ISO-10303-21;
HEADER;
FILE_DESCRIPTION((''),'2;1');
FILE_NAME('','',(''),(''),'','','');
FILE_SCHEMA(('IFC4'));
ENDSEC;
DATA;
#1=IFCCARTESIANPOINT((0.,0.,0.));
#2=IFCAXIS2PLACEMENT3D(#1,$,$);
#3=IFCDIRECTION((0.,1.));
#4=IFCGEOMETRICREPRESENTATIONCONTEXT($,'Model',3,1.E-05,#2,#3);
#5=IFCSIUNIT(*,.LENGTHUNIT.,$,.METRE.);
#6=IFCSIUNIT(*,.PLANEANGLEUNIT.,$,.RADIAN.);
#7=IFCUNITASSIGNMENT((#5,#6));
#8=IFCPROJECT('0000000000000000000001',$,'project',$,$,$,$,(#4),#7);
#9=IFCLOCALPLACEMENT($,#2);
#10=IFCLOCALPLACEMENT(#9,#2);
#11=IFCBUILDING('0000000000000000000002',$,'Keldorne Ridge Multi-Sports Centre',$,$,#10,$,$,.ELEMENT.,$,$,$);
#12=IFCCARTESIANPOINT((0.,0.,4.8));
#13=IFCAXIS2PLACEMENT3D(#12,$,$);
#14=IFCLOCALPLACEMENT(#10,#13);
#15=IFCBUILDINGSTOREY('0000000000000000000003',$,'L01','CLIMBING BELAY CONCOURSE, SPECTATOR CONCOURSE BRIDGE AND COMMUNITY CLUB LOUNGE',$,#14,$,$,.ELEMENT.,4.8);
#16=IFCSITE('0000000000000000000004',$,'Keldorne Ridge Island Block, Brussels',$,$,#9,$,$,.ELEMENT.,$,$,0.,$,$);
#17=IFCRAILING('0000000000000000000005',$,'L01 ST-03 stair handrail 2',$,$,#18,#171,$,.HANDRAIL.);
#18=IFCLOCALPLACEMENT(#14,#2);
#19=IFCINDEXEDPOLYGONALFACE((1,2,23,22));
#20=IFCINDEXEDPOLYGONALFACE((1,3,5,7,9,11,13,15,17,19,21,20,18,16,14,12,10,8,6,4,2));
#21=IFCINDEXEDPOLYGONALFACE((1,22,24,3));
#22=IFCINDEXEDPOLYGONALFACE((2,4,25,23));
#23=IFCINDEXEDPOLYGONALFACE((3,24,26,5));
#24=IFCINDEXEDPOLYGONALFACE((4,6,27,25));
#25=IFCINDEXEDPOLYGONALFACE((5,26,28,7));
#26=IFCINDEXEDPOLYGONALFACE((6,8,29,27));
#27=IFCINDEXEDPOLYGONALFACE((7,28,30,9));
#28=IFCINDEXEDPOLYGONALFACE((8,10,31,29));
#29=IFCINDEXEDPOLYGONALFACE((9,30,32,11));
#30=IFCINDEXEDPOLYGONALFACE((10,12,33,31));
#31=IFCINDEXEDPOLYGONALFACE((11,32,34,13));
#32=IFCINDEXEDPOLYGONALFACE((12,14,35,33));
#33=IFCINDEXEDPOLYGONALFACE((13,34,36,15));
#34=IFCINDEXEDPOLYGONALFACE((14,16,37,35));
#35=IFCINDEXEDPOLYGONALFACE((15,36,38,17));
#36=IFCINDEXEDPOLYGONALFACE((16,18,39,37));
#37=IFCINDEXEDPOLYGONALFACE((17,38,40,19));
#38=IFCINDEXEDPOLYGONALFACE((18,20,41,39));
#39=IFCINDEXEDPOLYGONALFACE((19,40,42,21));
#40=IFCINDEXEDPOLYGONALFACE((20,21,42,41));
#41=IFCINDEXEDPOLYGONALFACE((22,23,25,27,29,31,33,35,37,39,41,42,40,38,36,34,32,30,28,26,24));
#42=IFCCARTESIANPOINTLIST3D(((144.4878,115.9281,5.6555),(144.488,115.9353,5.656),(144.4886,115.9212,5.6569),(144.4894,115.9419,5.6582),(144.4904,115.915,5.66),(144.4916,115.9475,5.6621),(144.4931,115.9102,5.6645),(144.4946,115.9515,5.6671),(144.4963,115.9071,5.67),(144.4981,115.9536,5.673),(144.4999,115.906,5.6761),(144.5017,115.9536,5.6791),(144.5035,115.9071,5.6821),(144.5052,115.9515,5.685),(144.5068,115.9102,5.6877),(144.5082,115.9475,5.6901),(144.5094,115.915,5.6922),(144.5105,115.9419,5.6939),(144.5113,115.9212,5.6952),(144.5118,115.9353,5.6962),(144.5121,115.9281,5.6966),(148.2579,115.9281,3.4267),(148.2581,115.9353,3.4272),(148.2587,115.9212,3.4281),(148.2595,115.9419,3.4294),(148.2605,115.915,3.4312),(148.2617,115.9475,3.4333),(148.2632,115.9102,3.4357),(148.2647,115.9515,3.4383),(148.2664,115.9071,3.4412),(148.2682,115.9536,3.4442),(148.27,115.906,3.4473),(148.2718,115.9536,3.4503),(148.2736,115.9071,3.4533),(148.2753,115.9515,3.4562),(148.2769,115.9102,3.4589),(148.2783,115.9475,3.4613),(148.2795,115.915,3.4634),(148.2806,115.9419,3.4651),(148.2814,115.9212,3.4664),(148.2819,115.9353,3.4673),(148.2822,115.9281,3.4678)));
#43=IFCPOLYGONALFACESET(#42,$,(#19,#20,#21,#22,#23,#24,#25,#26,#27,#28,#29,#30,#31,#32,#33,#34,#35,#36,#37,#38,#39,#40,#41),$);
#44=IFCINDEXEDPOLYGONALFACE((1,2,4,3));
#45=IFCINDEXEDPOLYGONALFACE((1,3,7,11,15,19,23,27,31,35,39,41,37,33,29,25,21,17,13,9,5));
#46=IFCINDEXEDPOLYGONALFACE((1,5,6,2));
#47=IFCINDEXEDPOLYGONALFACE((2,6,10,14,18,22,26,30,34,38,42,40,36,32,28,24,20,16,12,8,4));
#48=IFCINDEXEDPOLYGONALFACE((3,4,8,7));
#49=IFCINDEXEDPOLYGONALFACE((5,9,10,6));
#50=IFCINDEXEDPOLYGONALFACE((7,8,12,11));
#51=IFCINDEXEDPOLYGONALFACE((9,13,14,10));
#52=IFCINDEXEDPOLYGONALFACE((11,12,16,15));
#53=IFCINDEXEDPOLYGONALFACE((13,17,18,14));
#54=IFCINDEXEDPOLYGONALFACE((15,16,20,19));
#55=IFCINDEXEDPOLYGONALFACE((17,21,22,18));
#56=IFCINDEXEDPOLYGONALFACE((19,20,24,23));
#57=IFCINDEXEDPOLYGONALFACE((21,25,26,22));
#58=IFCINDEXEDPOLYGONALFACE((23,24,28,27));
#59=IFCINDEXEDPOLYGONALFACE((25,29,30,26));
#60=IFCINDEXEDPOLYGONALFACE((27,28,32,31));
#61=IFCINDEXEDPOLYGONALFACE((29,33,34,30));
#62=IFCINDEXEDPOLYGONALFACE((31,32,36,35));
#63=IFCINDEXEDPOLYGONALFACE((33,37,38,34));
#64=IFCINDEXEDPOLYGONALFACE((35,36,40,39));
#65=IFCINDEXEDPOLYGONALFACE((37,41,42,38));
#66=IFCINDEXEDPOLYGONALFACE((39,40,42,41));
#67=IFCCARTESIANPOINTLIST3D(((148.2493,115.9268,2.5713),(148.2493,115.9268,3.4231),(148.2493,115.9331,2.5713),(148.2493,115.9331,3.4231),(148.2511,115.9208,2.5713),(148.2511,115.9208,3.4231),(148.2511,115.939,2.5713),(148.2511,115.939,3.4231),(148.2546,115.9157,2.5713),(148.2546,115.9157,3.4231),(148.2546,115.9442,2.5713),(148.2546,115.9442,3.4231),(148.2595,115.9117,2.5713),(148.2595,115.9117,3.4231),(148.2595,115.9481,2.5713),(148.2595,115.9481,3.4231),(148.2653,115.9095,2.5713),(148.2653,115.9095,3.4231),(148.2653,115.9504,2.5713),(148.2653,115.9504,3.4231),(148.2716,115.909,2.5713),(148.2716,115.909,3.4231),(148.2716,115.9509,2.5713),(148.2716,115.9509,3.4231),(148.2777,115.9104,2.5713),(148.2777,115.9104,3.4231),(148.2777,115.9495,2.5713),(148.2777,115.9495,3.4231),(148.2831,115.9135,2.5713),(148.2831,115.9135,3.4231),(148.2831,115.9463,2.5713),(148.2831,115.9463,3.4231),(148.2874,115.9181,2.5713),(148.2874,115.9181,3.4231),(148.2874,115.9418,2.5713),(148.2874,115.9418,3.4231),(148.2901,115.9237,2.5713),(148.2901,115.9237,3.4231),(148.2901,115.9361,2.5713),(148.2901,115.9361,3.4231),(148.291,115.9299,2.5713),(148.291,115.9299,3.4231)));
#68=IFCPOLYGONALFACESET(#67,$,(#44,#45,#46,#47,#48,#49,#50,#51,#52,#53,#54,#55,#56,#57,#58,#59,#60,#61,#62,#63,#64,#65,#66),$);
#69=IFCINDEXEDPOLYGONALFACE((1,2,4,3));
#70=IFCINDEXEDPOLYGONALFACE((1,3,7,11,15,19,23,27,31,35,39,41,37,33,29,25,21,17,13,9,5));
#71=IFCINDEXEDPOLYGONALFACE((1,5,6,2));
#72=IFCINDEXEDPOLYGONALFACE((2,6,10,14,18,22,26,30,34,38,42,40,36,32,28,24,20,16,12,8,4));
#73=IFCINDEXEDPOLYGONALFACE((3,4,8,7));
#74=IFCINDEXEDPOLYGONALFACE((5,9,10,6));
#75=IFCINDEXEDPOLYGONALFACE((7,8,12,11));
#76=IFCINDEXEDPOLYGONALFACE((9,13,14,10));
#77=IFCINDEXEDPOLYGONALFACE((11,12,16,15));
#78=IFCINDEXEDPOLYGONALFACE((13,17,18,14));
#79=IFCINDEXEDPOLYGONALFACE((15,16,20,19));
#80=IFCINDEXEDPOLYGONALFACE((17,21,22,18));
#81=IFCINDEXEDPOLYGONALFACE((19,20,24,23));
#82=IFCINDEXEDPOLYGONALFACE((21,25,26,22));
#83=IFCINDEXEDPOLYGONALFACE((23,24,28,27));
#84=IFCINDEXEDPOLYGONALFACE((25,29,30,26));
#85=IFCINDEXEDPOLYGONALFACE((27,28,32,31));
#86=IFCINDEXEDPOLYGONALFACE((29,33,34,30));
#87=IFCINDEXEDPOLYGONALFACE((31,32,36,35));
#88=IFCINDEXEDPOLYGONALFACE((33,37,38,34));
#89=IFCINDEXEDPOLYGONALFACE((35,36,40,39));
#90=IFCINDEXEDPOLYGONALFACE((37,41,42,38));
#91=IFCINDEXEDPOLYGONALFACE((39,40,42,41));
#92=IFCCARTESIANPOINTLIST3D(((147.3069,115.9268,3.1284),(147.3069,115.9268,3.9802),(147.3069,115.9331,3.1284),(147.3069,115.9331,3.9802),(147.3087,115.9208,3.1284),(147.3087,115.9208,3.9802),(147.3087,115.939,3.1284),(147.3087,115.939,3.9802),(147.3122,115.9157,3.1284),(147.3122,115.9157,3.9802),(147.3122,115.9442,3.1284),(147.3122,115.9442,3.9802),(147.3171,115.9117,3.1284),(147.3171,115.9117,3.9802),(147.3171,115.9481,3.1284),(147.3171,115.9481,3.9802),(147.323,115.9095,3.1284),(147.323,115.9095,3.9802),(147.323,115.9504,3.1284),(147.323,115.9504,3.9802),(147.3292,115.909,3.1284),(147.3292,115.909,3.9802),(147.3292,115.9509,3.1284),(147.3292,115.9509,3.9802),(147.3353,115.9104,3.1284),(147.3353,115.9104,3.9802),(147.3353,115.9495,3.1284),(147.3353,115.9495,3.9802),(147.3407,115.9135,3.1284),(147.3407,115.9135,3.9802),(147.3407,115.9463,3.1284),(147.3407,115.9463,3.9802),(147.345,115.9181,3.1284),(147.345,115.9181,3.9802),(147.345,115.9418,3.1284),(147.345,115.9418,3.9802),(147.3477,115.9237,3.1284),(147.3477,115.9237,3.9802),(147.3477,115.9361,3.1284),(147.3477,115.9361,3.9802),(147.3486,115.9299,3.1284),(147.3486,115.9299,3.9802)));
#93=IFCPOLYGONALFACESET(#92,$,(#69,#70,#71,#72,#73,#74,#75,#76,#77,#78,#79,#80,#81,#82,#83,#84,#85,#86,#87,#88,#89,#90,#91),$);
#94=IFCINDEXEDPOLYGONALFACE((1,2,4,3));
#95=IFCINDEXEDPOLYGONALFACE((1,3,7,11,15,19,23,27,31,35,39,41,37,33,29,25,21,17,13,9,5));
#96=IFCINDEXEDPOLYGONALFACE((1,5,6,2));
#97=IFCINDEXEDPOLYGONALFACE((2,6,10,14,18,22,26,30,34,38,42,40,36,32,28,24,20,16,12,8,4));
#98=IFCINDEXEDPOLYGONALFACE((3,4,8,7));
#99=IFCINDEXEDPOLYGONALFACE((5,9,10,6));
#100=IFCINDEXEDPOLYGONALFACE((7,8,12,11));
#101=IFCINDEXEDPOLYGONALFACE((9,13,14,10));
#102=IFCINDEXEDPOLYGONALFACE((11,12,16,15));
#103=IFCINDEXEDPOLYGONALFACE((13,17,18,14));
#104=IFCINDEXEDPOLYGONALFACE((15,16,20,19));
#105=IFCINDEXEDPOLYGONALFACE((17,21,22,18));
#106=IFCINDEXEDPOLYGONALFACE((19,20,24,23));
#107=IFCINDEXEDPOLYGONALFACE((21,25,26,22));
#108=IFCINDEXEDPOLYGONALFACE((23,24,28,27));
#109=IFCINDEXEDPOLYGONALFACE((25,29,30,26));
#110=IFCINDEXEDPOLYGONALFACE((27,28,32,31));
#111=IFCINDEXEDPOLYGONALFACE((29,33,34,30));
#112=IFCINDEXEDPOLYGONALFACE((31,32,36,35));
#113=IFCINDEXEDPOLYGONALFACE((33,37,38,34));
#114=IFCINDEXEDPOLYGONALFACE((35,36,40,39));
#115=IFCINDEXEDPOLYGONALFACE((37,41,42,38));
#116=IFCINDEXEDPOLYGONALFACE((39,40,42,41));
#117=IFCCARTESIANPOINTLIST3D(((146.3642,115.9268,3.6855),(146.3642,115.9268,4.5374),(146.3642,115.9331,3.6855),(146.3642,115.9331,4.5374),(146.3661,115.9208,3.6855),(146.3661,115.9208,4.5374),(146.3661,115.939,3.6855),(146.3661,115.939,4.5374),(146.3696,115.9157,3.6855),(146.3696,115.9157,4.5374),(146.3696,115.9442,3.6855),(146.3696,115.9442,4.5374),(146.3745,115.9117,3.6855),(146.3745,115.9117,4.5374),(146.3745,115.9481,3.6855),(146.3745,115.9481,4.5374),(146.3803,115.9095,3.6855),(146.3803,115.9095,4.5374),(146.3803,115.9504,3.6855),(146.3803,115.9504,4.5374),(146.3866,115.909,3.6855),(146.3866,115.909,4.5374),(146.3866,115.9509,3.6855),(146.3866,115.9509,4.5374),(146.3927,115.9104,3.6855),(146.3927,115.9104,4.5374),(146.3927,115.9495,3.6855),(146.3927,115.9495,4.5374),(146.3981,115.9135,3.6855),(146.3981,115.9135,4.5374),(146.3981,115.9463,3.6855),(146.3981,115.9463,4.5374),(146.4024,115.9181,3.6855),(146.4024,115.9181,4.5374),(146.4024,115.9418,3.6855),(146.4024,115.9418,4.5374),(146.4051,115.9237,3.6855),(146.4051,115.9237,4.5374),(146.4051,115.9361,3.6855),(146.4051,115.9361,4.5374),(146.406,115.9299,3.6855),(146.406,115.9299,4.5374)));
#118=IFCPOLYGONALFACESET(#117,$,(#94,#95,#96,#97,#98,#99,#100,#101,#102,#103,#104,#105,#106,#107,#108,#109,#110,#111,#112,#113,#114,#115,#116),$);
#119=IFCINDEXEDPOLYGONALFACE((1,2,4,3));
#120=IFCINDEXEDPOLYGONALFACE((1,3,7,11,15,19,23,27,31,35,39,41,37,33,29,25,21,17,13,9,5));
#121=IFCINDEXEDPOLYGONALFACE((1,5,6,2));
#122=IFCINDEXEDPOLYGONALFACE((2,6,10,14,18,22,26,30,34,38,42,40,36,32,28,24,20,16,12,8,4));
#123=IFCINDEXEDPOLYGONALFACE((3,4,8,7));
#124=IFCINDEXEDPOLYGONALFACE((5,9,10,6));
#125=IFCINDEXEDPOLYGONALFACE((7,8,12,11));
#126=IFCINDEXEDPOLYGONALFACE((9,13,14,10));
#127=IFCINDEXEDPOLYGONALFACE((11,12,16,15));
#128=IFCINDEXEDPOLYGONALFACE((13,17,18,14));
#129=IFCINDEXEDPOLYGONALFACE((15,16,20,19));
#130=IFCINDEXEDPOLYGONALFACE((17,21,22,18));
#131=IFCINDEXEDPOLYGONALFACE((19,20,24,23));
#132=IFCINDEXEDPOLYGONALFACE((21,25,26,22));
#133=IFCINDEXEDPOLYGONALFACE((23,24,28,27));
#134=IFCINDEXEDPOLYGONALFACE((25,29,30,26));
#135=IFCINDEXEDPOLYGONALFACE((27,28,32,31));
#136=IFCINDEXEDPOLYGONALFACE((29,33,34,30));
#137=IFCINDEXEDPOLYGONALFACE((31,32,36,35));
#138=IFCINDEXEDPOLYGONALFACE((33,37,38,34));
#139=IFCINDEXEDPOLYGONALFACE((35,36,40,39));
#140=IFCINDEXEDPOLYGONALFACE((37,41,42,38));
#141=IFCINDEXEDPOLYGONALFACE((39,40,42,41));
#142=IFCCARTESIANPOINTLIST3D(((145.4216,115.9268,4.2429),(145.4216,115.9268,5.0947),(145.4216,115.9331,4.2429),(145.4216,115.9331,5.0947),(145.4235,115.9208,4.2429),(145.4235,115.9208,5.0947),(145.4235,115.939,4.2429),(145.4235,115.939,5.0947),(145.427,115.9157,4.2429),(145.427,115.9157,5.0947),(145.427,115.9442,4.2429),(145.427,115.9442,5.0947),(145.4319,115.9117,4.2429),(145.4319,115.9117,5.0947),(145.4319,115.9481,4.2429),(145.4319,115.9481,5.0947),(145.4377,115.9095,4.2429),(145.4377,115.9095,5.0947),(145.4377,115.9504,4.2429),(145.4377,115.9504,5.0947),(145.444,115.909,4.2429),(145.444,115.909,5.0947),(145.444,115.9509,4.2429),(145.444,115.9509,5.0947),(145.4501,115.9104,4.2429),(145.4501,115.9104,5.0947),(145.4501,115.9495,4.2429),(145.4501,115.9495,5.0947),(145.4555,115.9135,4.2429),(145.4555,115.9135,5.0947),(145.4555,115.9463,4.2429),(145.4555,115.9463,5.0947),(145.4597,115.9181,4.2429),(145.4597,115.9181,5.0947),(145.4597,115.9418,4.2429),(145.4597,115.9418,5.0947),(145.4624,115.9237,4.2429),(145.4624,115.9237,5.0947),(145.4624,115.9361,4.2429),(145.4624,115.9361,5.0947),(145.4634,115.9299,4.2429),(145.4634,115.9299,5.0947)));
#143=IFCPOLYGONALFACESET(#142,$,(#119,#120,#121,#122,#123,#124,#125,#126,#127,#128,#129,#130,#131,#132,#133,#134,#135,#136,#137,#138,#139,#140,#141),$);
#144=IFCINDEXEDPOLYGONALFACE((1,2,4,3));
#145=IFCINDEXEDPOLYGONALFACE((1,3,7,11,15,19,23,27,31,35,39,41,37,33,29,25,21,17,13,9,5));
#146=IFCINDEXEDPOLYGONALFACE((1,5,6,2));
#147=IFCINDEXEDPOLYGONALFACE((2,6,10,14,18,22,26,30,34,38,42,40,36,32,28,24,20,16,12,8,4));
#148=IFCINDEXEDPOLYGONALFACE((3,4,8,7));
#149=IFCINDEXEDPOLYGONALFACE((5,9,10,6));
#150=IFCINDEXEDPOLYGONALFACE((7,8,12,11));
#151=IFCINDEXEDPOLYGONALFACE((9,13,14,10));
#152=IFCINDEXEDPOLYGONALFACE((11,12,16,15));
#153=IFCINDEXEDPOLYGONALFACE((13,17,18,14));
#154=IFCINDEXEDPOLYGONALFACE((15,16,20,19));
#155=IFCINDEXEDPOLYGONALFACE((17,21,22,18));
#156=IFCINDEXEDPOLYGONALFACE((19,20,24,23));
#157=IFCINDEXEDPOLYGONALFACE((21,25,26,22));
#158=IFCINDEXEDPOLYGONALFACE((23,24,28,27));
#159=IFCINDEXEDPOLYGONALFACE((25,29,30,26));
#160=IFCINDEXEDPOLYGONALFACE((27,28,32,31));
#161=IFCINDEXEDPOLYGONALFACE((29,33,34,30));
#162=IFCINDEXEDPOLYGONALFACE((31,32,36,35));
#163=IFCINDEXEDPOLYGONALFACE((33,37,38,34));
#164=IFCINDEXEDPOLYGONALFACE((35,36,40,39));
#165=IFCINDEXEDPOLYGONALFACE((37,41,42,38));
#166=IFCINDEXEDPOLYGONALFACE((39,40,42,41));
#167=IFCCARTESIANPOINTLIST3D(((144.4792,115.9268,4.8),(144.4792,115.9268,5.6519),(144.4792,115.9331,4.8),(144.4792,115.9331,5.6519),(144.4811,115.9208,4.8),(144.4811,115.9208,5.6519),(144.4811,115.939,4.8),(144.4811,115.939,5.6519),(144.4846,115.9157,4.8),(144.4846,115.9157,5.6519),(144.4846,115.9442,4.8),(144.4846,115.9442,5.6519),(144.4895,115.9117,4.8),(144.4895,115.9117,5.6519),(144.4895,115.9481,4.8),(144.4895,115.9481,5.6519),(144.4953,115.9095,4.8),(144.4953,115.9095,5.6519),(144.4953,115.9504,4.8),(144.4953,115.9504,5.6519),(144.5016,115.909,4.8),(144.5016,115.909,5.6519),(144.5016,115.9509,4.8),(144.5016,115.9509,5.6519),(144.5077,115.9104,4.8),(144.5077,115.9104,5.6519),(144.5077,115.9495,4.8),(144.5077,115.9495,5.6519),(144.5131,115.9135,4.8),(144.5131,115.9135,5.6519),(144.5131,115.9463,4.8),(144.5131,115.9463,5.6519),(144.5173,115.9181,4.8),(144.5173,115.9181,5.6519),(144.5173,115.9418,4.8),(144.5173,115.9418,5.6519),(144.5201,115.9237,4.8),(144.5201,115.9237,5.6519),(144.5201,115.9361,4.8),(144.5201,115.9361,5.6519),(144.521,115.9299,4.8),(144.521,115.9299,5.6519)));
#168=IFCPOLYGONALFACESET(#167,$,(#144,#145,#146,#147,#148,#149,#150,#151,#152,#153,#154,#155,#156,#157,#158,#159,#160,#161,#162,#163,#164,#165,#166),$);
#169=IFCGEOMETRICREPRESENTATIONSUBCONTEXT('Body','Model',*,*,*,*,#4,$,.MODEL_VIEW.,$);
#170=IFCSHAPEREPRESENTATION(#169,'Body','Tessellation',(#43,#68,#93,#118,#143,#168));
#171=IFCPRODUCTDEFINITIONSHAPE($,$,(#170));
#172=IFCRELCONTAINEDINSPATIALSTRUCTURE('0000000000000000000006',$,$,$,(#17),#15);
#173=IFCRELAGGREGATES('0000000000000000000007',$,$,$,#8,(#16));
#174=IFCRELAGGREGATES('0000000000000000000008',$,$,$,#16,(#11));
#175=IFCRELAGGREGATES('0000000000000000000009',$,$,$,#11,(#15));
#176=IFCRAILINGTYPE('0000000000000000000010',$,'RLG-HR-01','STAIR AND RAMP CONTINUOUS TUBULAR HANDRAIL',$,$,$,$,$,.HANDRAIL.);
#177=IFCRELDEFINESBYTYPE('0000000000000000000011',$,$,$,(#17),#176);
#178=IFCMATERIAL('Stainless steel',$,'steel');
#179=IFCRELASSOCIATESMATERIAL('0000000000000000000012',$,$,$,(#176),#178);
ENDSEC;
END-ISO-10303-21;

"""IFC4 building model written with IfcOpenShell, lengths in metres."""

from ifc_helpers import new_model, si_unit, direction, frame, origin, origin_2d, place, context, subcontext, project, spatial, circle, extrude, material, type_object, element, save


model = new_model("IFC4")

# Units and contexts
model_context = context("Model", 3, precision=1e-05, world=origin(), true_north=direction((0.0, 1.0)))
body_context = subcontext(model_context, "Body", "Model", "MODEL_VIEW")
ifc_project = project(units=[si_unit("LENGTHUNIT", "METRE"), si_unit("PLANEANGLEUNIT", "RADIAN")], contexts=[model_context])

# Site, building, storey
site_placement = place(None, origin())
site = spatial("IfcSite", under=ifc_project, at=site_placement, Name="Keldorne Ridge Island Block, Brussels", CompositionType="ELEMENT", RefElevation=0.0)
building_placement = place(site_placement, origin())
building = spatial("IfcBuilding", under=site, at=building_placement, Name="Keldorne Ridge Multi-Sports Centre", CompositionType="ELEMENT")
storey_placement = place(building_placement, frame((0.0, 0.0, 4.8)))
storey = spatial("IfcBuildingStorey", under=building, at=storey_placement, Name="L01", Description="CLIMBING BELAY CONCOURSE, SPECTATOR CONCOURSE BRIDGE AND COMMUNITY CLUB LOUNGE", CompositionType="ELEMENT", Elevation=4.8)

# Railing
ifc_material_1 = material(Name="Stainless steel", Category="steel")
railing_type_1 = type_object("IfcRailingType", Name="RLG-HR-01", Description="STAIR AND RAMP CONTINUOUS TUBULAR HANDRAIL", PredefinedType="HANDRAIL", material=ifc_material_1)
railing_1_placement = place(storey_placement, frame((148.27, 115.9299, 2.5713)))
element("IfcRailing", 1, at=railing_1_placement, inside=storey, type_object=railing_type_1, Name="L01 ST-03 stair handrail 2", PredefinedType="HANDRAIL", context=body_context, shape_type="SweptSolid", body=[
    extrude(circle(Radius=0.0239, at=origin_2d()), frame((0.0, 0.0, 0.876), z_axis=(-0.860824, 0.0, 0.508902), x_axis=(0.0, -1.0, 0.0)), (0.0, 0.0, 1.0), 4.3796),
    extrude(circle(Radius=0.021, at=origin_2d()), origin(), (0.0, 0.0, 1.0), 0.8518),
    extrude(circle(Radius=0.021, at=origin_2d()), frame((-0.9424, 0.0, 0.5571)), (0.0, 0.0, 1.0), 0.8518),
    extrude(circle(Radius=0.021, at=origin_2d()), frame((-1.885, 0.0, 1.1143)), (0.0, 0.0, 1.0), 0.8518),
    extrude(circle(Radius=0.021, at=origin_2d()), frame((-2.8276, 0.0, 1.6716)), (0.0, 0.0, 1.0), 0.8518),
    extrude(circle(Radius=0.021, at=origin_2d()), frame((-3.77, 0.0, 2.2288)), (0.0, 0.0, 1.0), 0.8518),
])

save(model, "model.ifc")
